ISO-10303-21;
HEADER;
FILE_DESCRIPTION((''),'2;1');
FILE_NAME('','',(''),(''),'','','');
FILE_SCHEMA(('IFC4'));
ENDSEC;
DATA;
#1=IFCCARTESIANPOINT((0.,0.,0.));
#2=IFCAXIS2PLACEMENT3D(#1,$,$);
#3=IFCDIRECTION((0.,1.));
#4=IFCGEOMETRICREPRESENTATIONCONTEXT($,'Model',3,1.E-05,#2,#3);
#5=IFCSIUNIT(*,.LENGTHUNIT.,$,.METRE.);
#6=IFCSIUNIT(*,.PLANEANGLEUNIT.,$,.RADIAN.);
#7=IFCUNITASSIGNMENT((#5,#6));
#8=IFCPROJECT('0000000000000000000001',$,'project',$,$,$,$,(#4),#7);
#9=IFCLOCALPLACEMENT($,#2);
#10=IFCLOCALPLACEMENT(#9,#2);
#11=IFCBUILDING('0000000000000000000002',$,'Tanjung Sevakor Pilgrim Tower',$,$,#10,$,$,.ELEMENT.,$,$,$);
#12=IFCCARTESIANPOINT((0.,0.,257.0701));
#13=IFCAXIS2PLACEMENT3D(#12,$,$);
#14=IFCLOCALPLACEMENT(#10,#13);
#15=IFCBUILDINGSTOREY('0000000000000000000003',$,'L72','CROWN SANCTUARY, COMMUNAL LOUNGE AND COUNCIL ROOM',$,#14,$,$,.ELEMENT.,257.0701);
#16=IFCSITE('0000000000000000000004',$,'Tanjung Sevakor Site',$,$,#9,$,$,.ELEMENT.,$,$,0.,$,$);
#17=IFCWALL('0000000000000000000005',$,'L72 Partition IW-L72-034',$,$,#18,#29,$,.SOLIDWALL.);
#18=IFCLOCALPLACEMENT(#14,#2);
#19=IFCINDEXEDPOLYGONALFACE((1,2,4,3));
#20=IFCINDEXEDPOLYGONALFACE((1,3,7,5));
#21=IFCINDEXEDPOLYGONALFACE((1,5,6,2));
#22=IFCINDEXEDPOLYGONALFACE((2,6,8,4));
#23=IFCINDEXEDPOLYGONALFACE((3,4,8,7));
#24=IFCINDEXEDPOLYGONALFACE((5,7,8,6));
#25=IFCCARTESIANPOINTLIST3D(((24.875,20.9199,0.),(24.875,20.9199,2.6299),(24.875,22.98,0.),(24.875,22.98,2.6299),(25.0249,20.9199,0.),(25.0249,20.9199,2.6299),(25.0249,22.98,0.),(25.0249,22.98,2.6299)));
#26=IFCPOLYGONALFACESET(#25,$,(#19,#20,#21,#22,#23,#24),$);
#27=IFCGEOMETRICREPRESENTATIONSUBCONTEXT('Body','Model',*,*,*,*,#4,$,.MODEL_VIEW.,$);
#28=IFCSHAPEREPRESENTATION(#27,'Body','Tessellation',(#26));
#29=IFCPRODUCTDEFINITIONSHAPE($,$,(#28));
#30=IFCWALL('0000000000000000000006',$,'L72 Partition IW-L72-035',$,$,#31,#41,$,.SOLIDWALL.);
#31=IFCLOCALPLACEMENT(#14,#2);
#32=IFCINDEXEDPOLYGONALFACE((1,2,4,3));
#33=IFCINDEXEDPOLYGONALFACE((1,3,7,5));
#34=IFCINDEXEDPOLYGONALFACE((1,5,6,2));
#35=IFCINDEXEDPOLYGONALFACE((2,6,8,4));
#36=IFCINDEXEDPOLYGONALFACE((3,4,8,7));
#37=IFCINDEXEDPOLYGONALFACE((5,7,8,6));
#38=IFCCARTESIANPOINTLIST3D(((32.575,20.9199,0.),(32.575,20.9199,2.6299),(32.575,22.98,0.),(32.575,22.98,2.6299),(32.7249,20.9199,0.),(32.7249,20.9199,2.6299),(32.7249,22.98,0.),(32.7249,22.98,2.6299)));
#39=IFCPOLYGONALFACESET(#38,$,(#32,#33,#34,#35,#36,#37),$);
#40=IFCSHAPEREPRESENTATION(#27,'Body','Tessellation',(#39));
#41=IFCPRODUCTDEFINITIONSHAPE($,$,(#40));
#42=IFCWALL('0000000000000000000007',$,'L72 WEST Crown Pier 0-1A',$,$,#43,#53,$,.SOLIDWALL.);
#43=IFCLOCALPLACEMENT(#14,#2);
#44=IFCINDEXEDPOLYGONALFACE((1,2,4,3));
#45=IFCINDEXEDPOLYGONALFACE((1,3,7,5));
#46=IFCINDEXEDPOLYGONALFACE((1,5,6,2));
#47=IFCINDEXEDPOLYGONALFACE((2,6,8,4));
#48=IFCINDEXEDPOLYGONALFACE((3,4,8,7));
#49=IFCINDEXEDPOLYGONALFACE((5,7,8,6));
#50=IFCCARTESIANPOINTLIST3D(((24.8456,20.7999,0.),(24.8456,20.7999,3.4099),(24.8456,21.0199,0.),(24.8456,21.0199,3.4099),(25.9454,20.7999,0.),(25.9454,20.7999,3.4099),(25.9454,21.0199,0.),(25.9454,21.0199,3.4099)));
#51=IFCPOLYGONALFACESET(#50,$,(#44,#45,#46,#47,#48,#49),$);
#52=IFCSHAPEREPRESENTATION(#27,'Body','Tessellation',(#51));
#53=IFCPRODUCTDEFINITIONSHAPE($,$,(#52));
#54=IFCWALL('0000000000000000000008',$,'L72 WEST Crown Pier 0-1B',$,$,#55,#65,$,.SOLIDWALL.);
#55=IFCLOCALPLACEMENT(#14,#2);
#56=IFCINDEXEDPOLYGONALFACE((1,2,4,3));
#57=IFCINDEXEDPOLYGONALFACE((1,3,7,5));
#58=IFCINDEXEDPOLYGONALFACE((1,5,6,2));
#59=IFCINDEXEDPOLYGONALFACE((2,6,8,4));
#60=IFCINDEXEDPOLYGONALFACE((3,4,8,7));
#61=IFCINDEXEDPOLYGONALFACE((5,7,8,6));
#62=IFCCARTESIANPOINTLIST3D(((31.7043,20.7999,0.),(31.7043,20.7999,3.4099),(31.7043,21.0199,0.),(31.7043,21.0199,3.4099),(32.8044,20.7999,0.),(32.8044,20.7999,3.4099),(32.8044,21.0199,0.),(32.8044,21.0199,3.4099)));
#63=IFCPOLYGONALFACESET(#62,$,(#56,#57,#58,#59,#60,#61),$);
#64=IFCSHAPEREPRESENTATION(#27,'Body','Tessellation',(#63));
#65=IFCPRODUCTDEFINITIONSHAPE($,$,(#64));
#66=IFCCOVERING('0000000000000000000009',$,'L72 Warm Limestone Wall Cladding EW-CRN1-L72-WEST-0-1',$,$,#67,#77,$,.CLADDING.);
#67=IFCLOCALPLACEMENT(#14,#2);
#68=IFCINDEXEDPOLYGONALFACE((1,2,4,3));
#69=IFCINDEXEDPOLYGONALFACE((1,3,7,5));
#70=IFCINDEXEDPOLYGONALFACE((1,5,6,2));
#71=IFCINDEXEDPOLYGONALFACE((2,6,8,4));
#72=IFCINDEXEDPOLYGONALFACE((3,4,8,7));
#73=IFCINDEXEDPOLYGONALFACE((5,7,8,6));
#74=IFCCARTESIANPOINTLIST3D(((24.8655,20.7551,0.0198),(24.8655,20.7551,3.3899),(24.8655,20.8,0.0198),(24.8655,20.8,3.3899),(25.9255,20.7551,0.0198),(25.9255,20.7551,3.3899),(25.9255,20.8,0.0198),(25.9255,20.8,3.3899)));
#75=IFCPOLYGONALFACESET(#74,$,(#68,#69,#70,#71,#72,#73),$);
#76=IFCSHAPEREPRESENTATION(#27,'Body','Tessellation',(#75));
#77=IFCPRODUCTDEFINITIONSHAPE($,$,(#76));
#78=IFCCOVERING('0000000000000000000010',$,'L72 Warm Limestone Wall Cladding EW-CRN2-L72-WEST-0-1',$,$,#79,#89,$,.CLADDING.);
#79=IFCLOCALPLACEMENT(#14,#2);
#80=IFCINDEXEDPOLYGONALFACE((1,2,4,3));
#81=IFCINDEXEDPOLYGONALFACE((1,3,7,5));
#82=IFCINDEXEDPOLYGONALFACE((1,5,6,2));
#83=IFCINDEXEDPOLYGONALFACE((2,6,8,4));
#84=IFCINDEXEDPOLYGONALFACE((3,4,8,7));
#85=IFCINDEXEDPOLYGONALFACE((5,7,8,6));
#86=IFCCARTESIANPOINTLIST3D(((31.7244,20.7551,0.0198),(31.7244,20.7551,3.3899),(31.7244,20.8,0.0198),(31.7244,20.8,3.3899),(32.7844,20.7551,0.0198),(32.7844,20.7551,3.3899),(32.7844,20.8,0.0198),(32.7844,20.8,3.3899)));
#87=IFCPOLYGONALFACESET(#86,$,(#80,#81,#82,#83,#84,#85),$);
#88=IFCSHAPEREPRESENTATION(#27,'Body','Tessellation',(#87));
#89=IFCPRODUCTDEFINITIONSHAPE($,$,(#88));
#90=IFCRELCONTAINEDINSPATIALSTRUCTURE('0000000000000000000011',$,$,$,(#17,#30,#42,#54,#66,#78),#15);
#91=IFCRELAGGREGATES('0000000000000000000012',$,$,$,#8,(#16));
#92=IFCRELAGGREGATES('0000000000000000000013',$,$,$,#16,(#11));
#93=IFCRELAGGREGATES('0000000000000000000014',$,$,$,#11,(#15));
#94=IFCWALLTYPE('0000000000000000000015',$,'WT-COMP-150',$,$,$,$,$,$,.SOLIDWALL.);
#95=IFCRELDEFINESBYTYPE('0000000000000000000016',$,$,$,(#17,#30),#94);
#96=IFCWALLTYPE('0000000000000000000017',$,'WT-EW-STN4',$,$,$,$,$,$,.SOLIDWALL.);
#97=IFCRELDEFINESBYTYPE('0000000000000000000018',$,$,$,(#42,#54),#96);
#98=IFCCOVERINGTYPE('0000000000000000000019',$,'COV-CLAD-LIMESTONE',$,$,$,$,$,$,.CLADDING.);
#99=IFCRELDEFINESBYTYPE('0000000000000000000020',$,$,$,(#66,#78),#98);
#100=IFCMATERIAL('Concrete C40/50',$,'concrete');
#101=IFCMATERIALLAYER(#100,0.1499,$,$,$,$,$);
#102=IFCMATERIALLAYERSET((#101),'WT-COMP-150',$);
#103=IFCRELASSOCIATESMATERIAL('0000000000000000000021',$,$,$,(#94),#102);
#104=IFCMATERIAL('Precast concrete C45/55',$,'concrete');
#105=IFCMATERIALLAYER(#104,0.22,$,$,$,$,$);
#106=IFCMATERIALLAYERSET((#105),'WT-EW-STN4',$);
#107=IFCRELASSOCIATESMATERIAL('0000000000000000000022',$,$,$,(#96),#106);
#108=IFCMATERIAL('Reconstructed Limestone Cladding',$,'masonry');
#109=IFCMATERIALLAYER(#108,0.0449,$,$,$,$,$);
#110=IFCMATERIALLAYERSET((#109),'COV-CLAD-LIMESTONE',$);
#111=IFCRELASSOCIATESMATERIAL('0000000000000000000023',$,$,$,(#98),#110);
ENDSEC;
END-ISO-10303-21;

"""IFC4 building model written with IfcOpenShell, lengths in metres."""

from ifc_helpers import new_model, si_unit, direction, frame, frame_2d, origin, origin_2d, place, context, subcontext, project, spatial, rectangle, extrude, material, layer, layer_set, type_object, element, save


model = new_model("IFC4")

# Units and contexts
model_context = context("Model", 3, precision=1e-05, world=origin(), true_north=direction((0.0, 1.0)))
body_context = subcontext(model_context, "Body", "Model", "MODEL_VIEW")
ifc_project = project(units=[si_unit("LENGTHUNIT", "METRE"), si_unit("PLANEANGLEUNIT", "RADIAN")], contexts=[model_context])

# Site, building, storey
site_placement = place(None, origin())
site = spatial("IfcSite", under=ifc_project, at=site_placement, Name="Tanjung Sevakor Site", CompositionType="ELEMENT", RefElevation=0.0)
building_placement = place(site_placement, origin())
building = spatial("IfcBuilding", under=site, at=building_placement, Name="Tanjung Sevakor Pilgrim Tower", CompositionType="ELEMENT")
storey_placement = place(building_placement, frame((0.0, 0.0, 257.0701)))
storey = spatial("IfcBuildingStorey", under=building, at=storey_placement, Name="L72", Description="CROWN SANCTUARY, COMMUNAL LOUNGE AND COUNCIL ROOM", CompositionType="ELEMENT", Elevation=257.0701)

# Shared definitions
ifc_material_1 = material(Name="Concrete C40/50", Category="concrete")
ifc_layer_1 = layer(ifc_material_1, 0.1499)
ifc_layer_set_1 = layer_set([ifc_layer_1], Name="WT-COMP-150")
wall_type_1 = type_object("IfcWallType", Name="WT-COMP-150", PredefinedType="SOLIDWALL", material=ifc_layer_set_1)

# Walls
for number, where, z_axis, x_axis, name in (
    (1, (24.95, 20.9199, 0.0), (0.0, 0.0, 1.0), (0.0, 1.0, 0.0), "L72 Partition IW-L72-034"),
    (2, (32.6499, 20.9199, 0.0), (0.0, 0.0, 1.0), (0.0, 1.0, 0.0), "L72 Partition IW-L72-035"),
):
    element("IfcWall", number, at=place(storey_placement, frame(where, z_axis=z_axis, x_axis=x_axis)), inside=storey, type_object=wall_type_1, Name=name, PredefinedType="SOLIDWALL", context=body_context, shape_type="SweptSolid", body=[
        extrude(rectangle(XDim=2.0601, YDim=0.1499, at=frame_2d((1.03, 0.0))), origin(), (0.0, 0.0, 1.0), 2.6299),
    ])
ifc_material_2 = material(Name="Precast concrete C45/55", Category="concrete")
ifc_layer_2 = layer(ifc_material_2, 0.22)
ifc_layer_set_2 = layer_set([ifc_layer_2], Name="WT-EW-STN4")
wall_type_2 = type_object("IfcWallType", Name="WT-EW-STN4", PredefinedType="SOLIDWALL", material=ifc_layer_set_2)
wall_1_placement = place(storey_placement, frame((24.8457, 20.9099, 0.0), z_axis=(0.0, 0.0, 1.0), x_axis=(1.0, 0.0, 0.0)))
element("IfcWall", 3, at=wall_1_placement, inside=storey, type_object=wall_type_2, Name="L72 WEST Crown Pier 0-1A", PredefinedType="SOLIDWALL", context=body_context, shape_type="SweptSolid", body=[
    extrude(rectangle(XDim=1.0999, YDim=0.22, at=frame_2d((0.5498, 0.0))), origin(), (0.0, 0.0, 1.0), 3.4099),
])
wall_2_placement = place(storey_placement, frame((31.7043, 20.9099, 0.0), z_axis=(0.0, 0.0, 1.0), x_axis=(1.0, 0.0, 0.0)))
element("IfcWall", 4, at=wall_2_placement, inside=storey, type_object=wall_type_2, Name="L72 WEST Crown Pier 0-1B", PredefinedType="SOLIDWALL", context=body_context, shape_type="SweptSolid", body=[
    extrude(rectangle(XDim=1.1001, YDim=0.22, at=frame_2d((0.55, 0.0))), origin(), (0.0, 0.0, 1.0), 3.4099),
])

# Coverings
ifc_material_3 = material(Name="Reconstructed Limestone Cladding", Category="masonry")
ifc_layer_3 = layer(ifc_material_3, 0.0449)
ifc_layer_set_3 = layer_set([ifc_layer_3], Name="COV-CLAD-LIMESTONE")
covering_type = type_object("IfcCoveringType", Name="COV-CLAD-LIMESTONE", PredefinedType="CLADDING", material=ifc_layer_set_3)
for number, where, z_axis, x_axis, name in (
    (5, (25.3955, 20.7776, 0.0198), (0.0, 0.0, 1.0), (1.0, 0.0, 0.0), "L72 Warm Limestone Wall Cladding EW-CRN1-L72-WEST-0-1"),
    (6, (32.2544, 20.7776, 0.0198), (0.0, 0.0, 1.0), (1.0, 0.0, 0.0), "L72 Warm Limestone Wall Cladding EW-CRN2-L72-WEST-0-1"),
):
    element("IfcCovering", number, at=place(storey_placement, frame(where, z_axis=z_axis, x_axis=x_axis)), inside=storey, type_object=covering_type, Name=name, PredefinedType="CLADDING", context=body_context, shape_type="SweptSolid", body=[
        extrude(rectangle(XDim=1.0601, YDim=0.0449, at=origin_2d()), origin(), (0.0, 0.0, 1.0), 3.3701),
    ])

save(model, "model.ifc")
